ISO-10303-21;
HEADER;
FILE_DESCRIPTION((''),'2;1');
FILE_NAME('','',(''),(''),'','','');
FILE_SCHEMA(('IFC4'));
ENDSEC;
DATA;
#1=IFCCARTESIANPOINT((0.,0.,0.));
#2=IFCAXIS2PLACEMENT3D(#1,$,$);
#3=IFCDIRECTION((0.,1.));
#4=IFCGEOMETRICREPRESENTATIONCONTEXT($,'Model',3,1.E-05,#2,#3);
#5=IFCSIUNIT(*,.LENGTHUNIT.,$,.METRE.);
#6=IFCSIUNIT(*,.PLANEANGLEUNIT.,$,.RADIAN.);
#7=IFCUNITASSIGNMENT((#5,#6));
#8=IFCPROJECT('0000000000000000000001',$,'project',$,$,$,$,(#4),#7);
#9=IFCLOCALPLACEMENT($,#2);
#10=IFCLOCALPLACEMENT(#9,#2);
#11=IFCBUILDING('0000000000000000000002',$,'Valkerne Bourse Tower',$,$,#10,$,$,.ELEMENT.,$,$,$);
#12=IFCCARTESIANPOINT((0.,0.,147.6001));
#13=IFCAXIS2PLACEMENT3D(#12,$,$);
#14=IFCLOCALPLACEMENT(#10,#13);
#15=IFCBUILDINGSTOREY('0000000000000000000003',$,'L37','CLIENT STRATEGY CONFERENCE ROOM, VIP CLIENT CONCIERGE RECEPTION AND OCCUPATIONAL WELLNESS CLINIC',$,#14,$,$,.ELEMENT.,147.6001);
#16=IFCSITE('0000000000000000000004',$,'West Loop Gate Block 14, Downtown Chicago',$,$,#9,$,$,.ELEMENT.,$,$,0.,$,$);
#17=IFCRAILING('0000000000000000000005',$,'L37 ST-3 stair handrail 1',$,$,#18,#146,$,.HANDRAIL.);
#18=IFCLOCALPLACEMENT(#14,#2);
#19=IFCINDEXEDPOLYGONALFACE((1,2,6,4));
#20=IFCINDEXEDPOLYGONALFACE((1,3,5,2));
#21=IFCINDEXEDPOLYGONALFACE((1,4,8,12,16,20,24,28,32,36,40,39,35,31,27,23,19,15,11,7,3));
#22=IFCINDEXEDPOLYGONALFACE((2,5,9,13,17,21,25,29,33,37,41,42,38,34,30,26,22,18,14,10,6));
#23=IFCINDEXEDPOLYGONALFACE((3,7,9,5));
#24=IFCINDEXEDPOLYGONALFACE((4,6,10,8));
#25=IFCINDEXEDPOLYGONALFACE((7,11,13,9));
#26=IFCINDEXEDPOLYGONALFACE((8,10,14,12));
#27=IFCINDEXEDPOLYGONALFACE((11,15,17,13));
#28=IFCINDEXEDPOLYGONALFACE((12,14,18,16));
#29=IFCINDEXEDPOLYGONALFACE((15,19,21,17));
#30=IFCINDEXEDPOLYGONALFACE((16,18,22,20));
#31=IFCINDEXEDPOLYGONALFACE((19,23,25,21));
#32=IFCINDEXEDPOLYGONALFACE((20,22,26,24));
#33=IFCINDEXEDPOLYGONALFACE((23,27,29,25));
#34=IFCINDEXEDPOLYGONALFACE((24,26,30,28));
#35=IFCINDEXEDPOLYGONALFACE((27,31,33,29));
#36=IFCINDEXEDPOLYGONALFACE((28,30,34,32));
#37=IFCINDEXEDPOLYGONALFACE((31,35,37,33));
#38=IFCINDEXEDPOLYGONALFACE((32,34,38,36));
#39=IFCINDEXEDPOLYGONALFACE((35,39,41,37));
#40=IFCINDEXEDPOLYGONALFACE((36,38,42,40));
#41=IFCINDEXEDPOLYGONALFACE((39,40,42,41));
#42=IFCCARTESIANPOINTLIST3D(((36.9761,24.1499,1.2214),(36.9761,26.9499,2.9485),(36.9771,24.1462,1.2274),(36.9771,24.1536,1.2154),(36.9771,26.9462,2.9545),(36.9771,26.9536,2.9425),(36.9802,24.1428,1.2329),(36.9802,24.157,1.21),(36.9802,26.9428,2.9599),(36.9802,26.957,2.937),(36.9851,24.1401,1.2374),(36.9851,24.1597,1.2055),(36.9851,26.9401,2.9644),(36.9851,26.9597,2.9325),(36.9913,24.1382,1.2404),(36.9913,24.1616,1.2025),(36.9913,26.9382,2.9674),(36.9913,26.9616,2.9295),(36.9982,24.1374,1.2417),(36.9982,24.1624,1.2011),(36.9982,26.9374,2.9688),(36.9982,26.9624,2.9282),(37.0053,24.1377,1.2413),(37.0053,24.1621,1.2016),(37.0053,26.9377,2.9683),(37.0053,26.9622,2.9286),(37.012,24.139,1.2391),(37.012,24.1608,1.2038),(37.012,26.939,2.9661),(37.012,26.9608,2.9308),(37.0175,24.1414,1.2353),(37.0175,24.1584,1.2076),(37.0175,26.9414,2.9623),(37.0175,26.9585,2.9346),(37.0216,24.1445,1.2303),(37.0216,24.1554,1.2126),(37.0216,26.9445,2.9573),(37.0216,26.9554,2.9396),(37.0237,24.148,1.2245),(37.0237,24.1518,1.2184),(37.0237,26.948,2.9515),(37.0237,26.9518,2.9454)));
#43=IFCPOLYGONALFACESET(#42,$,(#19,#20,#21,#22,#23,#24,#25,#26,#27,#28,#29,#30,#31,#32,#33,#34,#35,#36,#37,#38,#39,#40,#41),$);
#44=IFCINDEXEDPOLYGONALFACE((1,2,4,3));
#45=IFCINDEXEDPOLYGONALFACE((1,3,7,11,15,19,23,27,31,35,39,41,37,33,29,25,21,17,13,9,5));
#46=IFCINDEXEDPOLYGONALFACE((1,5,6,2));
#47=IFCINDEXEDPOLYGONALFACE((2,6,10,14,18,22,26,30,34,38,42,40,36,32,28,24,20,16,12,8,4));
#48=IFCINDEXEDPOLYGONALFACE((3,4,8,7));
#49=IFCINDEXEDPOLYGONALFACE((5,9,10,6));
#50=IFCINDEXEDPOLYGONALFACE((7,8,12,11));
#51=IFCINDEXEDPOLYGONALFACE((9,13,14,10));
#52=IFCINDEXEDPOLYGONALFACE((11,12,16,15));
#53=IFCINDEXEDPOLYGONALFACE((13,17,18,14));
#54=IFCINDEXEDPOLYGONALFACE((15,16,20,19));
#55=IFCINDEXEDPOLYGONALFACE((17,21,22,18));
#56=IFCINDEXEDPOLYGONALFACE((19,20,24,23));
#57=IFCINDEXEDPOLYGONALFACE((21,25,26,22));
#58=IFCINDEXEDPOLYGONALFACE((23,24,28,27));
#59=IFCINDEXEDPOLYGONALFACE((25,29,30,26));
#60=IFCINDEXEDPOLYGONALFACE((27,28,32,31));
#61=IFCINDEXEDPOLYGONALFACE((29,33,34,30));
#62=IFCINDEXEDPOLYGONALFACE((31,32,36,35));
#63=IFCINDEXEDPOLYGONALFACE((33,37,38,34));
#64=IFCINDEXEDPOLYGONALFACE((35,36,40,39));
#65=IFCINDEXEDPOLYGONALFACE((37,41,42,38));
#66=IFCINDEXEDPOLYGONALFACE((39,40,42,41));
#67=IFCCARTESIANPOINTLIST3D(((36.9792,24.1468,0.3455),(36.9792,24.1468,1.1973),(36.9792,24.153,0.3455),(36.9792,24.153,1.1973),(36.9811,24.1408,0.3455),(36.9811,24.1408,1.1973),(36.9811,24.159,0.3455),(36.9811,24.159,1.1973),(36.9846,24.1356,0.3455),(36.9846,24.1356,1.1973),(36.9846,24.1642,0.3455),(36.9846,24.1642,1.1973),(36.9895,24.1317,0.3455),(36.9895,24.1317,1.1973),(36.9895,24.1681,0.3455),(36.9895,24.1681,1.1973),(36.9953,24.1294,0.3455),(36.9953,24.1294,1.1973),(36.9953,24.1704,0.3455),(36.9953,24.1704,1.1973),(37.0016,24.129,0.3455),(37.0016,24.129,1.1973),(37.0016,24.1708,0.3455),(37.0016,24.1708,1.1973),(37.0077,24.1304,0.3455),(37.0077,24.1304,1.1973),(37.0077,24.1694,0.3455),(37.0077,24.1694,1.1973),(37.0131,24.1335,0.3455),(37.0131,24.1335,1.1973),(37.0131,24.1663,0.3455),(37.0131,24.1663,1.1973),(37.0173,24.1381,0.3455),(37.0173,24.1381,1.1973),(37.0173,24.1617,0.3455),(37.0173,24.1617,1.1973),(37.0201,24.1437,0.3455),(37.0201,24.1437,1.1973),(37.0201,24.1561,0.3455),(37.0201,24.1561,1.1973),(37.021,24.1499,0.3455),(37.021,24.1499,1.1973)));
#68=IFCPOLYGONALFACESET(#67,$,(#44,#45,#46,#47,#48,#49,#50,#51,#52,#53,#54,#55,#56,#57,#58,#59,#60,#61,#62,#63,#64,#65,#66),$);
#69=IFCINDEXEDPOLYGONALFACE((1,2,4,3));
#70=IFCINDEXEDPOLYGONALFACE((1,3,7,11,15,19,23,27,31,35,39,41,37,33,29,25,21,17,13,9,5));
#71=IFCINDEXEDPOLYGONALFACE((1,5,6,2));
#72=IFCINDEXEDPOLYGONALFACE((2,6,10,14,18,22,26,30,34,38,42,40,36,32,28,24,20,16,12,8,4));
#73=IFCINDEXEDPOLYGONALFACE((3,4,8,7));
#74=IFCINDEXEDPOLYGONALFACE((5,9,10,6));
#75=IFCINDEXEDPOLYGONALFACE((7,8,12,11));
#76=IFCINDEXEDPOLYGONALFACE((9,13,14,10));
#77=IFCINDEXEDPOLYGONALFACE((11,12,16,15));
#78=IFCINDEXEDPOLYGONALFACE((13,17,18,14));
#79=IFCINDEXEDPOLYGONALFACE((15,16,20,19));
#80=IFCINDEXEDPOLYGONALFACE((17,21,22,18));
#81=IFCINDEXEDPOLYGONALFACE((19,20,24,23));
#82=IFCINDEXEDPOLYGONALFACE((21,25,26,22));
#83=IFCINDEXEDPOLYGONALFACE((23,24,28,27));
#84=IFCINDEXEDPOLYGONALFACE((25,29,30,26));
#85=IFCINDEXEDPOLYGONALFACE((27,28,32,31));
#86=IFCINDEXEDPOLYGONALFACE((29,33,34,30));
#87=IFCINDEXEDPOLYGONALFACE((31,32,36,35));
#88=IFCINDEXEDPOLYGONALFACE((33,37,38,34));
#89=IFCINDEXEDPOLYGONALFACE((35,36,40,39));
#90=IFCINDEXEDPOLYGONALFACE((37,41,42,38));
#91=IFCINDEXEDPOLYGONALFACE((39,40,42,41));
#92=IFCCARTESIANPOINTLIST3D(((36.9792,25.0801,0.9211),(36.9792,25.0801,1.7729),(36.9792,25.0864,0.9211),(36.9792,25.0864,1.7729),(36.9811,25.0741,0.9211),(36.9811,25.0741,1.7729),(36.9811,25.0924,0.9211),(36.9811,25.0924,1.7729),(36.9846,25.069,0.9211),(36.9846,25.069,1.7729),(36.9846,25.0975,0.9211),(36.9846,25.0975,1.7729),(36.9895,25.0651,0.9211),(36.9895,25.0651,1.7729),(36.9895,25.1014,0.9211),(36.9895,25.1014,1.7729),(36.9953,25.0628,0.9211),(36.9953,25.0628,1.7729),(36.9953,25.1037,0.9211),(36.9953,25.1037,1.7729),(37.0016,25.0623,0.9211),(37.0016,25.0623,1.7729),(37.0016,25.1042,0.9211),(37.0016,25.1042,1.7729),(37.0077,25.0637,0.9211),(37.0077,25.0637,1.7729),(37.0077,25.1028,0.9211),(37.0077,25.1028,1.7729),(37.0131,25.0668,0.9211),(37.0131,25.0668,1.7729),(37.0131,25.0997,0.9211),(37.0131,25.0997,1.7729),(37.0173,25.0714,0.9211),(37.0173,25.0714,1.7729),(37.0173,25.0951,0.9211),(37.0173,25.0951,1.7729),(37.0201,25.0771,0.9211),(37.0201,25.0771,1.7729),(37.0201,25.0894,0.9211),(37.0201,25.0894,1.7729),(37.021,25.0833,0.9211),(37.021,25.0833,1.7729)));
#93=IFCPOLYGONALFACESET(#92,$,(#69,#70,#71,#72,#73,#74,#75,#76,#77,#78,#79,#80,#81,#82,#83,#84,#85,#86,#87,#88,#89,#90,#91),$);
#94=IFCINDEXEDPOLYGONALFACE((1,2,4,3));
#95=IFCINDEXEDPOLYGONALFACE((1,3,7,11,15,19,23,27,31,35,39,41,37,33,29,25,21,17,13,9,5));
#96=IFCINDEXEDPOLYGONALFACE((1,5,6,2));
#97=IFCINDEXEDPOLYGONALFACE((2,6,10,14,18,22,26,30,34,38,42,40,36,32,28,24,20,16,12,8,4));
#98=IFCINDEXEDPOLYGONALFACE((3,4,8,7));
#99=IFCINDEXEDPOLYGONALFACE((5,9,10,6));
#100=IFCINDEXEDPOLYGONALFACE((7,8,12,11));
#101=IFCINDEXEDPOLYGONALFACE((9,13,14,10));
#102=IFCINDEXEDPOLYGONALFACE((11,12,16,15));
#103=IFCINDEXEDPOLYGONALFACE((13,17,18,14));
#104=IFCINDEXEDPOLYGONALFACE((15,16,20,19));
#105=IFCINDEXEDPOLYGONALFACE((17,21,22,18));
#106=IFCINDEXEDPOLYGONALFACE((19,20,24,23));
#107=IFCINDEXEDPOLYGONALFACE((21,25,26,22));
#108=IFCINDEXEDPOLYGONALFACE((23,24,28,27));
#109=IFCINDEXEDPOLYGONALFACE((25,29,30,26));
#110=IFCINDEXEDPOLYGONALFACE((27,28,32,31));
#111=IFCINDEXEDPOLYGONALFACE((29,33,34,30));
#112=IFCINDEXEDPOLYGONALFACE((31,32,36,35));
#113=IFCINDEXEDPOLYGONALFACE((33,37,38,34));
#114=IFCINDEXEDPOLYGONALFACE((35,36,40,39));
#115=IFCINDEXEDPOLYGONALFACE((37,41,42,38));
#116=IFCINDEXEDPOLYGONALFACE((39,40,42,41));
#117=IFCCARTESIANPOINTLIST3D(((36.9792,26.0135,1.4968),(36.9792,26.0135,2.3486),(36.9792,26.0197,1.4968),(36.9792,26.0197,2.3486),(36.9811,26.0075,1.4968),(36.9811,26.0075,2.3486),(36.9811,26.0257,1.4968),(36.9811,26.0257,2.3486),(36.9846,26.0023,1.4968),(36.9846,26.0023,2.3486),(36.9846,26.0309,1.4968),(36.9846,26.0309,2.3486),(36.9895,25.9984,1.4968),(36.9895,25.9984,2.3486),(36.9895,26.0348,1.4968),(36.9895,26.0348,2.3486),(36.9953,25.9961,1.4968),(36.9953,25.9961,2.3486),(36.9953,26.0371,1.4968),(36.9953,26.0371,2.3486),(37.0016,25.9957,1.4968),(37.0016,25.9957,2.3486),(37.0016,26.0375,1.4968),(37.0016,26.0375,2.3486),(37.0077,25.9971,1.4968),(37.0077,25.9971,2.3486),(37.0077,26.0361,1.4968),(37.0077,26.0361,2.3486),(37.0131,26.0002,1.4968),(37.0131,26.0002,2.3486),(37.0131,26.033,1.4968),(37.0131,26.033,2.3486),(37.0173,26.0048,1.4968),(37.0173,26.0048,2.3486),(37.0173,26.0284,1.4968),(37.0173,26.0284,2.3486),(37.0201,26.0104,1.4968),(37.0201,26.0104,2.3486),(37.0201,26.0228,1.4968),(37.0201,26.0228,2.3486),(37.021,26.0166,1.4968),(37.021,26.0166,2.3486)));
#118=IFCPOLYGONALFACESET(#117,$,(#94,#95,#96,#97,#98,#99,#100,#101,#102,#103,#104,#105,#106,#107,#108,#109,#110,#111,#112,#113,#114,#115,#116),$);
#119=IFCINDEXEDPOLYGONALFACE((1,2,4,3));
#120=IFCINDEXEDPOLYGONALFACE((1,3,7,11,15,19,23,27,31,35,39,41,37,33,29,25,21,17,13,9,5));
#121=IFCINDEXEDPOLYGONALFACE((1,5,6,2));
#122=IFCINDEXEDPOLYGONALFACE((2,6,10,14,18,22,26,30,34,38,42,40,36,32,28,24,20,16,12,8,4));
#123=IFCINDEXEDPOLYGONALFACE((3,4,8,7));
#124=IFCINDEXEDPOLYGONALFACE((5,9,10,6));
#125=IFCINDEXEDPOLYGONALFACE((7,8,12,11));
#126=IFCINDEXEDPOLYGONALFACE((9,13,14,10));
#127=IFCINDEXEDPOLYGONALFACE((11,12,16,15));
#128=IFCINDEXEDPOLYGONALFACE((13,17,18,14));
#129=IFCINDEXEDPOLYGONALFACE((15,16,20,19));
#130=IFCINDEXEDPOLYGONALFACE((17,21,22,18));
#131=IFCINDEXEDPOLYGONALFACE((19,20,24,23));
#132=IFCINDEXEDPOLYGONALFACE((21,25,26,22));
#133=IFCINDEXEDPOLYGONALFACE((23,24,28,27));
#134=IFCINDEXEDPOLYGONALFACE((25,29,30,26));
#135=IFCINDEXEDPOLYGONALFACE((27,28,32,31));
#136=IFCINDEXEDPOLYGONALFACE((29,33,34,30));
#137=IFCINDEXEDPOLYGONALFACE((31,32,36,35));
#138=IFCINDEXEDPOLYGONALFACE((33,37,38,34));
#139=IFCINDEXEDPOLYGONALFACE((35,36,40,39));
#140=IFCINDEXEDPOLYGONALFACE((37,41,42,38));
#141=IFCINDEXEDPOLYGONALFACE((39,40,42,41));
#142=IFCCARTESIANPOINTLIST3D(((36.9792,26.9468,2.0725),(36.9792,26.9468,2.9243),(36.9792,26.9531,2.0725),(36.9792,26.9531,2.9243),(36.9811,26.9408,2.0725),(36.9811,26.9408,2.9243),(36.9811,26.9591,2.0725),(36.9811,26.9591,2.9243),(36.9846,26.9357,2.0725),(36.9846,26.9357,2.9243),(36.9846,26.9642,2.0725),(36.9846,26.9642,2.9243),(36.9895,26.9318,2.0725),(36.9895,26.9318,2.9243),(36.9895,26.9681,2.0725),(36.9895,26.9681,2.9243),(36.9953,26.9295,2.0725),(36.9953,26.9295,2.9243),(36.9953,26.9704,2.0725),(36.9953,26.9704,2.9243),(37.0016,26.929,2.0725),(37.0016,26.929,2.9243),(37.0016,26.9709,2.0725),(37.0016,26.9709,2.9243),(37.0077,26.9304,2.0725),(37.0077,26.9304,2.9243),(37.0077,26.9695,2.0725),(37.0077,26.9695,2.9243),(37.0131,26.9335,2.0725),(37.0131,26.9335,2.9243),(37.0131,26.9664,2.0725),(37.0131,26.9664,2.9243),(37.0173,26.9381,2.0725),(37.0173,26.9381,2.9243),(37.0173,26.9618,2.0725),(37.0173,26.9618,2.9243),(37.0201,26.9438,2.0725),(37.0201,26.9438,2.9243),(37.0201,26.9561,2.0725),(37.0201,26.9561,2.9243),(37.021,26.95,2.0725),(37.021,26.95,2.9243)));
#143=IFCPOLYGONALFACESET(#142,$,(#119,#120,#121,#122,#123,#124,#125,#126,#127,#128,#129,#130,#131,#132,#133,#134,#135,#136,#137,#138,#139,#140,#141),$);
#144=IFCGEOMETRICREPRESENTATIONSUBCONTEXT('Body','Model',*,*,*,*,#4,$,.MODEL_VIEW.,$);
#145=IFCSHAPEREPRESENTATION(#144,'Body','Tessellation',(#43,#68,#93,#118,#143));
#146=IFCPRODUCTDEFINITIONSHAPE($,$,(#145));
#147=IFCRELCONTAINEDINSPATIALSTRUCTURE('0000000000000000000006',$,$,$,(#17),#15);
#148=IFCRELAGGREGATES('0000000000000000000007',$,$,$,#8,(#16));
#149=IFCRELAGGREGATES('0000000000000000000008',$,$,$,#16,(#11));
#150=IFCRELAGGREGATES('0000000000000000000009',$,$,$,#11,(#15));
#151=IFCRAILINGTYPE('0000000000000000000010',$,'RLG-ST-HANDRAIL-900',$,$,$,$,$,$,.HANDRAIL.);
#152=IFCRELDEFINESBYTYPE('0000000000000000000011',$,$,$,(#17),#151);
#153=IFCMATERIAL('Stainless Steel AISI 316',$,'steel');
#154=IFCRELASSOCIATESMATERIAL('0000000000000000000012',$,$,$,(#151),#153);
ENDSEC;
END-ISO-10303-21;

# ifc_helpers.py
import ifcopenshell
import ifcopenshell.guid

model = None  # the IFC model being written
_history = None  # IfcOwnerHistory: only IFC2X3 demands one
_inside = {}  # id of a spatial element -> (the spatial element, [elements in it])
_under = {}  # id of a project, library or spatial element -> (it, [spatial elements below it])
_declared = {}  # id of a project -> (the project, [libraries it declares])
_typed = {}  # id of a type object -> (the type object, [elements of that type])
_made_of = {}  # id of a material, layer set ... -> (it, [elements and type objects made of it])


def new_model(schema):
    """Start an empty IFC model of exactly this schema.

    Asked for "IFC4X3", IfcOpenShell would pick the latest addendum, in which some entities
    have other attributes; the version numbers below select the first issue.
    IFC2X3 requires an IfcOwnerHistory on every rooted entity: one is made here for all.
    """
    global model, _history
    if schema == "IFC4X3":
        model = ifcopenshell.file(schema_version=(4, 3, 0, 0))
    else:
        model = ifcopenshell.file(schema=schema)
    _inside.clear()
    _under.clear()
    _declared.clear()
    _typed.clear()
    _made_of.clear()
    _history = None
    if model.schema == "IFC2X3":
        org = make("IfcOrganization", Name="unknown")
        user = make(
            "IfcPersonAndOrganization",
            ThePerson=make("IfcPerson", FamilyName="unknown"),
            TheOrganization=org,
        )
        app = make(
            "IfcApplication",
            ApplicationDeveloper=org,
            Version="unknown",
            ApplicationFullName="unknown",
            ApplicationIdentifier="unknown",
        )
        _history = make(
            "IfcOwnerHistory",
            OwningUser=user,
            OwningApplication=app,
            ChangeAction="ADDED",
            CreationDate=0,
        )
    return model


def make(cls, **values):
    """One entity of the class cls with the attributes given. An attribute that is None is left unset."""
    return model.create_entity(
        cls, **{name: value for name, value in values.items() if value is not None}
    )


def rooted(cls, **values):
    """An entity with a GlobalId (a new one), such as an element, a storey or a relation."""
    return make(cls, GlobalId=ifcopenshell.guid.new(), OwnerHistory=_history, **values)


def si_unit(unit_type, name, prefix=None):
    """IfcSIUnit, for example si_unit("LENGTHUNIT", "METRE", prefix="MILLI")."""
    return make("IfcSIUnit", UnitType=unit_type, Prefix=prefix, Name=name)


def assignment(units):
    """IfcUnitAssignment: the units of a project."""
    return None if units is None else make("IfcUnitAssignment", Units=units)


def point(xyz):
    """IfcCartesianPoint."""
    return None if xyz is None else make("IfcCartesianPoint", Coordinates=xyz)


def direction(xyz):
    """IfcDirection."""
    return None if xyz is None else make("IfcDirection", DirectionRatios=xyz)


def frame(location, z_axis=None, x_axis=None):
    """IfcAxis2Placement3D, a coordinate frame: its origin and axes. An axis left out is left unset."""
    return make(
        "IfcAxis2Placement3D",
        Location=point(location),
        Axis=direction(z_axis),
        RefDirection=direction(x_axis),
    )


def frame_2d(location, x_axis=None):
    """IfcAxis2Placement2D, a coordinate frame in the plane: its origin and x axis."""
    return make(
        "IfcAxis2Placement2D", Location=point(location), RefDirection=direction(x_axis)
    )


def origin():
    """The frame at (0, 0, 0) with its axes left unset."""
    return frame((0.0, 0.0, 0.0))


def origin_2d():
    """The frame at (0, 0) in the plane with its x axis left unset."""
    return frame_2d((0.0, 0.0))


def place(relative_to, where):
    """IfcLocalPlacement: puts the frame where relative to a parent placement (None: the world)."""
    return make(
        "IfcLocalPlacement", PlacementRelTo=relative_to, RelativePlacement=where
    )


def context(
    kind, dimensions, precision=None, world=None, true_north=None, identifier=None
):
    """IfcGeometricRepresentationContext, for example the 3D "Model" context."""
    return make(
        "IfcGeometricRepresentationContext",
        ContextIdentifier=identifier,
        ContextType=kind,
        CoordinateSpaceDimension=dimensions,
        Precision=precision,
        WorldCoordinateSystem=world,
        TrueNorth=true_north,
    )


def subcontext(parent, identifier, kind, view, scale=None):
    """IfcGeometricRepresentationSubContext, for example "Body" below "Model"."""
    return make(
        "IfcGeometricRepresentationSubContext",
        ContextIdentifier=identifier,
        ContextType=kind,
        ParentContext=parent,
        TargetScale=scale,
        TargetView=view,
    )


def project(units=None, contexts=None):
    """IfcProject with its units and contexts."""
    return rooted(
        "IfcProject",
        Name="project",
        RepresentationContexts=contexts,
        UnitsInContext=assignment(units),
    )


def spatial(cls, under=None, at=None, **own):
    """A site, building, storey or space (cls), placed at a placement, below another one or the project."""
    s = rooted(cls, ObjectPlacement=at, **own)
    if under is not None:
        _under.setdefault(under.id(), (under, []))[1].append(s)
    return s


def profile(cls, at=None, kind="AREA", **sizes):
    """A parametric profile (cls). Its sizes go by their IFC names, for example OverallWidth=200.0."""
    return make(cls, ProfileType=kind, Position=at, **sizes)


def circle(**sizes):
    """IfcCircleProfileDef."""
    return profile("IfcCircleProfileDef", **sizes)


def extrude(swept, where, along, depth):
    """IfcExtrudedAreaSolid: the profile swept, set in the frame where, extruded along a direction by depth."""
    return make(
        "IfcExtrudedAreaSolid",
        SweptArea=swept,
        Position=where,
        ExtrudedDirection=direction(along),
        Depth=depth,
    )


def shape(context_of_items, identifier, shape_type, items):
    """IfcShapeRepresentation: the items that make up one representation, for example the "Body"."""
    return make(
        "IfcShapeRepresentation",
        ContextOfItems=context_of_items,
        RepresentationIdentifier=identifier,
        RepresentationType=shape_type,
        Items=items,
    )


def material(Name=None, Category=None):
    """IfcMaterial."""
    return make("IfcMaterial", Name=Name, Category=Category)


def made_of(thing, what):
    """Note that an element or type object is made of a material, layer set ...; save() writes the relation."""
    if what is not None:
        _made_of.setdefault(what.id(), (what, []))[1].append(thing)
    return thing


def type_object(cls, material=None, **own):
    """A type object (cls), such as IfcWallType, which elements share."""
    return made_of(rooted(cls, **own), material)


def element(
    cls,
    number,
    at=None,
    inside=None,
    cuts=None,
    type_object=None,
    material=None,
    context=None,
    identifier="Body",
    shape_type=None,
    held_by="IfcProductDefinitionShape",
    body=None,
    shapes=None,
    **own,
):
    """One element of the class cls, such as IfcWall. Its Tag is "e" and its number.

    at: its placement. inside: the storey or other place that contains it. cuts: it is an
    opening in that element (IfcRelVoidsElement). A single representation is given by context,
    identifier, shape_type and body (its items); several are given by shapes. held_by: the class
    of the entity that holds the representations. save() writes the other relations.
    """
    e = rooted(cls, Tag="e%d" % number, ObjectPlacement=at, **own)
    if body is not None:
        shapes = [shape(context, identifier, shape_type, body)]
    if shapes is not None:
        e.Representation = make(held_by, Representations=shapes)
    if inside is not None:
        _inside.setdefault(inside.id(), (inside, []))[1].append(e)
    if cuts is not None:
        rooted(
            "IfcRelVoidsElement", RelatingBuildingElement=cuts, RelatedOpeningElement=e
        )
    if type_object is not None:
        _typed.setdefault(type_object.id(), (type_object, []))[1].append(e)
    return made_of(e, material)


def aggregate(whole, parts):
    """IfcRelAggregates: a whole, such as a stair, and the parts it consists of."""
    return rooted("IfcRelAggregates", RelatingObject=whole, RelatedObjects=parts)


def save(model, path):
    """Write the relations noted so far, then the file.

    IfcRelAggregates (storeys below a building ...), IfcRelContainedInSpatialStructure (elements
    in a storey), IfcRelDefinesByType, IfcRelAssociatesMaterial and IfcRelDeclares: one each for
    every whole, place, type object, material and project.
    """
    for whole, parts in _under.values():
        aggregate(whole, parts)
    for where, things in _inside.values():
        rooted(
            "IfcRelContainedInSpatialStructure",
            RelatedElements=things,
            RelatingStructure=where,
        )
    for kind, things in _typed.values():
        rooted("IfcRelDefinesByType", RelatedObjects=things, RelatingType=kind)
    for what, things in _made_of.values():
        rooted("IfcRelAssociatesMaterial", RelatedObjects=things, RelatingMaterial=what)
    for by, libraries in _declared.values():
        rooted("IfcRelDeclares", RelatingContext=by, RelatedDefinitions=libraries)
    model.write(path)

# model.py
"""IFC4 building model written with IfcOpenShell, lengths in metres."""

from ifc_helpers import new_model, si_unit, direction, frame, origin, origin_2d, place, context, subcontext, project, spatial, circle, extrude, material, type_object, element, save


model = new_model("IFC4")

# Units and contexts
model_context = context("Model", 3, precision=1e-05, world=origin(), true_north=direction((0.0, 1.0)))
body_context = subcontext(model_context, "Body", "Model", "MODEL_VIEW")
ifc_project = project(units=[si_unit("LENGTHUNIT", "METRE"), si_unit("PLANEANGLEUNIT", "RADIAN")], contexts=[model_context])

# Site, building, storey
site_placement = place(None, origin())
site = spatial("IfcSite", under=ifc_project, at=site_placement, Name="West Loop Gate Block 14, Downtown Chicago", CompositionType="ELEMENT", RefElevation=0.0)
building_placement = place(site_placement, origin())
building = spatial("IfcBuilding", under=site, at=building_placement, Name="Valkerne Bourse Tower", CompositionType="ELEMENT")
storey_placement = place(building_placement, frame((0.0, 0.0, 147.6001)))
storey = spatial("IfcBuildingStorey", under=building, at=storey_placement, Name="L37", Description="CLIENT STRATEGY CONFERENCE ROOM, VIP CLIENT CONCIERGE RECEPTION AND OCCUPATIONAL WELLNESS CLINIC", CompositionType="ELEMENT", Elevation=147.6001)

# Railing
ifc_material_1 = material(Name="Stainless Steel AISI 316", Category="steel")
railing_type_1 = type_object("IfcRailingType", Name="RLG-ST-HANDRAIL-900", PredefinedType="HANDRAIL", material=ifc_material_1)
railing_1_placement = place(storey_placement, frame((37.0, 24.1499, 0.3455)))
element("IfcRailing", 1, at=railing_1_placement, inside=storey, type_object=railing_type_1, Name="L37 ST-3 stair handrail 1", PredefinedType="HANDRAIL", context=body_context, shape_type="SweptSolid", body=[
    extrude(circle(Radius=0.0239, at=origin_2d()), frame((0.0, 0.0, 0.876), z_axis=(0.0, 0.851123, 0.524967), x_axis=(-1.0, 0.0, 0.0)), (0.0, 0.0, 1.0), 3.2898),
    extrude(circle(Radius=0.021, at=origin_2d()), origin(), (0.0, 0.0, 1.0), 0.8518),
    extrude(circle(Radius=0.021, at=origin_2d()), frame((0.0, 0.9333, 0.5757)), (0.0, 0.0, 1.0), 0.8518),
    extrude(circle(Radius=0.021, at=origin_2d()), frame((0.0, 1.8667, 1.1514)), (0.0, 0.0, 1.0), 0.8518),
    extrude(circle(Radius=0.021, at=origin_2d()), frame((0.0, 2.8, 1.7271)), (0.0, 0.0, 1.0), 0.8518),
])

save(model, "model.ifc")
